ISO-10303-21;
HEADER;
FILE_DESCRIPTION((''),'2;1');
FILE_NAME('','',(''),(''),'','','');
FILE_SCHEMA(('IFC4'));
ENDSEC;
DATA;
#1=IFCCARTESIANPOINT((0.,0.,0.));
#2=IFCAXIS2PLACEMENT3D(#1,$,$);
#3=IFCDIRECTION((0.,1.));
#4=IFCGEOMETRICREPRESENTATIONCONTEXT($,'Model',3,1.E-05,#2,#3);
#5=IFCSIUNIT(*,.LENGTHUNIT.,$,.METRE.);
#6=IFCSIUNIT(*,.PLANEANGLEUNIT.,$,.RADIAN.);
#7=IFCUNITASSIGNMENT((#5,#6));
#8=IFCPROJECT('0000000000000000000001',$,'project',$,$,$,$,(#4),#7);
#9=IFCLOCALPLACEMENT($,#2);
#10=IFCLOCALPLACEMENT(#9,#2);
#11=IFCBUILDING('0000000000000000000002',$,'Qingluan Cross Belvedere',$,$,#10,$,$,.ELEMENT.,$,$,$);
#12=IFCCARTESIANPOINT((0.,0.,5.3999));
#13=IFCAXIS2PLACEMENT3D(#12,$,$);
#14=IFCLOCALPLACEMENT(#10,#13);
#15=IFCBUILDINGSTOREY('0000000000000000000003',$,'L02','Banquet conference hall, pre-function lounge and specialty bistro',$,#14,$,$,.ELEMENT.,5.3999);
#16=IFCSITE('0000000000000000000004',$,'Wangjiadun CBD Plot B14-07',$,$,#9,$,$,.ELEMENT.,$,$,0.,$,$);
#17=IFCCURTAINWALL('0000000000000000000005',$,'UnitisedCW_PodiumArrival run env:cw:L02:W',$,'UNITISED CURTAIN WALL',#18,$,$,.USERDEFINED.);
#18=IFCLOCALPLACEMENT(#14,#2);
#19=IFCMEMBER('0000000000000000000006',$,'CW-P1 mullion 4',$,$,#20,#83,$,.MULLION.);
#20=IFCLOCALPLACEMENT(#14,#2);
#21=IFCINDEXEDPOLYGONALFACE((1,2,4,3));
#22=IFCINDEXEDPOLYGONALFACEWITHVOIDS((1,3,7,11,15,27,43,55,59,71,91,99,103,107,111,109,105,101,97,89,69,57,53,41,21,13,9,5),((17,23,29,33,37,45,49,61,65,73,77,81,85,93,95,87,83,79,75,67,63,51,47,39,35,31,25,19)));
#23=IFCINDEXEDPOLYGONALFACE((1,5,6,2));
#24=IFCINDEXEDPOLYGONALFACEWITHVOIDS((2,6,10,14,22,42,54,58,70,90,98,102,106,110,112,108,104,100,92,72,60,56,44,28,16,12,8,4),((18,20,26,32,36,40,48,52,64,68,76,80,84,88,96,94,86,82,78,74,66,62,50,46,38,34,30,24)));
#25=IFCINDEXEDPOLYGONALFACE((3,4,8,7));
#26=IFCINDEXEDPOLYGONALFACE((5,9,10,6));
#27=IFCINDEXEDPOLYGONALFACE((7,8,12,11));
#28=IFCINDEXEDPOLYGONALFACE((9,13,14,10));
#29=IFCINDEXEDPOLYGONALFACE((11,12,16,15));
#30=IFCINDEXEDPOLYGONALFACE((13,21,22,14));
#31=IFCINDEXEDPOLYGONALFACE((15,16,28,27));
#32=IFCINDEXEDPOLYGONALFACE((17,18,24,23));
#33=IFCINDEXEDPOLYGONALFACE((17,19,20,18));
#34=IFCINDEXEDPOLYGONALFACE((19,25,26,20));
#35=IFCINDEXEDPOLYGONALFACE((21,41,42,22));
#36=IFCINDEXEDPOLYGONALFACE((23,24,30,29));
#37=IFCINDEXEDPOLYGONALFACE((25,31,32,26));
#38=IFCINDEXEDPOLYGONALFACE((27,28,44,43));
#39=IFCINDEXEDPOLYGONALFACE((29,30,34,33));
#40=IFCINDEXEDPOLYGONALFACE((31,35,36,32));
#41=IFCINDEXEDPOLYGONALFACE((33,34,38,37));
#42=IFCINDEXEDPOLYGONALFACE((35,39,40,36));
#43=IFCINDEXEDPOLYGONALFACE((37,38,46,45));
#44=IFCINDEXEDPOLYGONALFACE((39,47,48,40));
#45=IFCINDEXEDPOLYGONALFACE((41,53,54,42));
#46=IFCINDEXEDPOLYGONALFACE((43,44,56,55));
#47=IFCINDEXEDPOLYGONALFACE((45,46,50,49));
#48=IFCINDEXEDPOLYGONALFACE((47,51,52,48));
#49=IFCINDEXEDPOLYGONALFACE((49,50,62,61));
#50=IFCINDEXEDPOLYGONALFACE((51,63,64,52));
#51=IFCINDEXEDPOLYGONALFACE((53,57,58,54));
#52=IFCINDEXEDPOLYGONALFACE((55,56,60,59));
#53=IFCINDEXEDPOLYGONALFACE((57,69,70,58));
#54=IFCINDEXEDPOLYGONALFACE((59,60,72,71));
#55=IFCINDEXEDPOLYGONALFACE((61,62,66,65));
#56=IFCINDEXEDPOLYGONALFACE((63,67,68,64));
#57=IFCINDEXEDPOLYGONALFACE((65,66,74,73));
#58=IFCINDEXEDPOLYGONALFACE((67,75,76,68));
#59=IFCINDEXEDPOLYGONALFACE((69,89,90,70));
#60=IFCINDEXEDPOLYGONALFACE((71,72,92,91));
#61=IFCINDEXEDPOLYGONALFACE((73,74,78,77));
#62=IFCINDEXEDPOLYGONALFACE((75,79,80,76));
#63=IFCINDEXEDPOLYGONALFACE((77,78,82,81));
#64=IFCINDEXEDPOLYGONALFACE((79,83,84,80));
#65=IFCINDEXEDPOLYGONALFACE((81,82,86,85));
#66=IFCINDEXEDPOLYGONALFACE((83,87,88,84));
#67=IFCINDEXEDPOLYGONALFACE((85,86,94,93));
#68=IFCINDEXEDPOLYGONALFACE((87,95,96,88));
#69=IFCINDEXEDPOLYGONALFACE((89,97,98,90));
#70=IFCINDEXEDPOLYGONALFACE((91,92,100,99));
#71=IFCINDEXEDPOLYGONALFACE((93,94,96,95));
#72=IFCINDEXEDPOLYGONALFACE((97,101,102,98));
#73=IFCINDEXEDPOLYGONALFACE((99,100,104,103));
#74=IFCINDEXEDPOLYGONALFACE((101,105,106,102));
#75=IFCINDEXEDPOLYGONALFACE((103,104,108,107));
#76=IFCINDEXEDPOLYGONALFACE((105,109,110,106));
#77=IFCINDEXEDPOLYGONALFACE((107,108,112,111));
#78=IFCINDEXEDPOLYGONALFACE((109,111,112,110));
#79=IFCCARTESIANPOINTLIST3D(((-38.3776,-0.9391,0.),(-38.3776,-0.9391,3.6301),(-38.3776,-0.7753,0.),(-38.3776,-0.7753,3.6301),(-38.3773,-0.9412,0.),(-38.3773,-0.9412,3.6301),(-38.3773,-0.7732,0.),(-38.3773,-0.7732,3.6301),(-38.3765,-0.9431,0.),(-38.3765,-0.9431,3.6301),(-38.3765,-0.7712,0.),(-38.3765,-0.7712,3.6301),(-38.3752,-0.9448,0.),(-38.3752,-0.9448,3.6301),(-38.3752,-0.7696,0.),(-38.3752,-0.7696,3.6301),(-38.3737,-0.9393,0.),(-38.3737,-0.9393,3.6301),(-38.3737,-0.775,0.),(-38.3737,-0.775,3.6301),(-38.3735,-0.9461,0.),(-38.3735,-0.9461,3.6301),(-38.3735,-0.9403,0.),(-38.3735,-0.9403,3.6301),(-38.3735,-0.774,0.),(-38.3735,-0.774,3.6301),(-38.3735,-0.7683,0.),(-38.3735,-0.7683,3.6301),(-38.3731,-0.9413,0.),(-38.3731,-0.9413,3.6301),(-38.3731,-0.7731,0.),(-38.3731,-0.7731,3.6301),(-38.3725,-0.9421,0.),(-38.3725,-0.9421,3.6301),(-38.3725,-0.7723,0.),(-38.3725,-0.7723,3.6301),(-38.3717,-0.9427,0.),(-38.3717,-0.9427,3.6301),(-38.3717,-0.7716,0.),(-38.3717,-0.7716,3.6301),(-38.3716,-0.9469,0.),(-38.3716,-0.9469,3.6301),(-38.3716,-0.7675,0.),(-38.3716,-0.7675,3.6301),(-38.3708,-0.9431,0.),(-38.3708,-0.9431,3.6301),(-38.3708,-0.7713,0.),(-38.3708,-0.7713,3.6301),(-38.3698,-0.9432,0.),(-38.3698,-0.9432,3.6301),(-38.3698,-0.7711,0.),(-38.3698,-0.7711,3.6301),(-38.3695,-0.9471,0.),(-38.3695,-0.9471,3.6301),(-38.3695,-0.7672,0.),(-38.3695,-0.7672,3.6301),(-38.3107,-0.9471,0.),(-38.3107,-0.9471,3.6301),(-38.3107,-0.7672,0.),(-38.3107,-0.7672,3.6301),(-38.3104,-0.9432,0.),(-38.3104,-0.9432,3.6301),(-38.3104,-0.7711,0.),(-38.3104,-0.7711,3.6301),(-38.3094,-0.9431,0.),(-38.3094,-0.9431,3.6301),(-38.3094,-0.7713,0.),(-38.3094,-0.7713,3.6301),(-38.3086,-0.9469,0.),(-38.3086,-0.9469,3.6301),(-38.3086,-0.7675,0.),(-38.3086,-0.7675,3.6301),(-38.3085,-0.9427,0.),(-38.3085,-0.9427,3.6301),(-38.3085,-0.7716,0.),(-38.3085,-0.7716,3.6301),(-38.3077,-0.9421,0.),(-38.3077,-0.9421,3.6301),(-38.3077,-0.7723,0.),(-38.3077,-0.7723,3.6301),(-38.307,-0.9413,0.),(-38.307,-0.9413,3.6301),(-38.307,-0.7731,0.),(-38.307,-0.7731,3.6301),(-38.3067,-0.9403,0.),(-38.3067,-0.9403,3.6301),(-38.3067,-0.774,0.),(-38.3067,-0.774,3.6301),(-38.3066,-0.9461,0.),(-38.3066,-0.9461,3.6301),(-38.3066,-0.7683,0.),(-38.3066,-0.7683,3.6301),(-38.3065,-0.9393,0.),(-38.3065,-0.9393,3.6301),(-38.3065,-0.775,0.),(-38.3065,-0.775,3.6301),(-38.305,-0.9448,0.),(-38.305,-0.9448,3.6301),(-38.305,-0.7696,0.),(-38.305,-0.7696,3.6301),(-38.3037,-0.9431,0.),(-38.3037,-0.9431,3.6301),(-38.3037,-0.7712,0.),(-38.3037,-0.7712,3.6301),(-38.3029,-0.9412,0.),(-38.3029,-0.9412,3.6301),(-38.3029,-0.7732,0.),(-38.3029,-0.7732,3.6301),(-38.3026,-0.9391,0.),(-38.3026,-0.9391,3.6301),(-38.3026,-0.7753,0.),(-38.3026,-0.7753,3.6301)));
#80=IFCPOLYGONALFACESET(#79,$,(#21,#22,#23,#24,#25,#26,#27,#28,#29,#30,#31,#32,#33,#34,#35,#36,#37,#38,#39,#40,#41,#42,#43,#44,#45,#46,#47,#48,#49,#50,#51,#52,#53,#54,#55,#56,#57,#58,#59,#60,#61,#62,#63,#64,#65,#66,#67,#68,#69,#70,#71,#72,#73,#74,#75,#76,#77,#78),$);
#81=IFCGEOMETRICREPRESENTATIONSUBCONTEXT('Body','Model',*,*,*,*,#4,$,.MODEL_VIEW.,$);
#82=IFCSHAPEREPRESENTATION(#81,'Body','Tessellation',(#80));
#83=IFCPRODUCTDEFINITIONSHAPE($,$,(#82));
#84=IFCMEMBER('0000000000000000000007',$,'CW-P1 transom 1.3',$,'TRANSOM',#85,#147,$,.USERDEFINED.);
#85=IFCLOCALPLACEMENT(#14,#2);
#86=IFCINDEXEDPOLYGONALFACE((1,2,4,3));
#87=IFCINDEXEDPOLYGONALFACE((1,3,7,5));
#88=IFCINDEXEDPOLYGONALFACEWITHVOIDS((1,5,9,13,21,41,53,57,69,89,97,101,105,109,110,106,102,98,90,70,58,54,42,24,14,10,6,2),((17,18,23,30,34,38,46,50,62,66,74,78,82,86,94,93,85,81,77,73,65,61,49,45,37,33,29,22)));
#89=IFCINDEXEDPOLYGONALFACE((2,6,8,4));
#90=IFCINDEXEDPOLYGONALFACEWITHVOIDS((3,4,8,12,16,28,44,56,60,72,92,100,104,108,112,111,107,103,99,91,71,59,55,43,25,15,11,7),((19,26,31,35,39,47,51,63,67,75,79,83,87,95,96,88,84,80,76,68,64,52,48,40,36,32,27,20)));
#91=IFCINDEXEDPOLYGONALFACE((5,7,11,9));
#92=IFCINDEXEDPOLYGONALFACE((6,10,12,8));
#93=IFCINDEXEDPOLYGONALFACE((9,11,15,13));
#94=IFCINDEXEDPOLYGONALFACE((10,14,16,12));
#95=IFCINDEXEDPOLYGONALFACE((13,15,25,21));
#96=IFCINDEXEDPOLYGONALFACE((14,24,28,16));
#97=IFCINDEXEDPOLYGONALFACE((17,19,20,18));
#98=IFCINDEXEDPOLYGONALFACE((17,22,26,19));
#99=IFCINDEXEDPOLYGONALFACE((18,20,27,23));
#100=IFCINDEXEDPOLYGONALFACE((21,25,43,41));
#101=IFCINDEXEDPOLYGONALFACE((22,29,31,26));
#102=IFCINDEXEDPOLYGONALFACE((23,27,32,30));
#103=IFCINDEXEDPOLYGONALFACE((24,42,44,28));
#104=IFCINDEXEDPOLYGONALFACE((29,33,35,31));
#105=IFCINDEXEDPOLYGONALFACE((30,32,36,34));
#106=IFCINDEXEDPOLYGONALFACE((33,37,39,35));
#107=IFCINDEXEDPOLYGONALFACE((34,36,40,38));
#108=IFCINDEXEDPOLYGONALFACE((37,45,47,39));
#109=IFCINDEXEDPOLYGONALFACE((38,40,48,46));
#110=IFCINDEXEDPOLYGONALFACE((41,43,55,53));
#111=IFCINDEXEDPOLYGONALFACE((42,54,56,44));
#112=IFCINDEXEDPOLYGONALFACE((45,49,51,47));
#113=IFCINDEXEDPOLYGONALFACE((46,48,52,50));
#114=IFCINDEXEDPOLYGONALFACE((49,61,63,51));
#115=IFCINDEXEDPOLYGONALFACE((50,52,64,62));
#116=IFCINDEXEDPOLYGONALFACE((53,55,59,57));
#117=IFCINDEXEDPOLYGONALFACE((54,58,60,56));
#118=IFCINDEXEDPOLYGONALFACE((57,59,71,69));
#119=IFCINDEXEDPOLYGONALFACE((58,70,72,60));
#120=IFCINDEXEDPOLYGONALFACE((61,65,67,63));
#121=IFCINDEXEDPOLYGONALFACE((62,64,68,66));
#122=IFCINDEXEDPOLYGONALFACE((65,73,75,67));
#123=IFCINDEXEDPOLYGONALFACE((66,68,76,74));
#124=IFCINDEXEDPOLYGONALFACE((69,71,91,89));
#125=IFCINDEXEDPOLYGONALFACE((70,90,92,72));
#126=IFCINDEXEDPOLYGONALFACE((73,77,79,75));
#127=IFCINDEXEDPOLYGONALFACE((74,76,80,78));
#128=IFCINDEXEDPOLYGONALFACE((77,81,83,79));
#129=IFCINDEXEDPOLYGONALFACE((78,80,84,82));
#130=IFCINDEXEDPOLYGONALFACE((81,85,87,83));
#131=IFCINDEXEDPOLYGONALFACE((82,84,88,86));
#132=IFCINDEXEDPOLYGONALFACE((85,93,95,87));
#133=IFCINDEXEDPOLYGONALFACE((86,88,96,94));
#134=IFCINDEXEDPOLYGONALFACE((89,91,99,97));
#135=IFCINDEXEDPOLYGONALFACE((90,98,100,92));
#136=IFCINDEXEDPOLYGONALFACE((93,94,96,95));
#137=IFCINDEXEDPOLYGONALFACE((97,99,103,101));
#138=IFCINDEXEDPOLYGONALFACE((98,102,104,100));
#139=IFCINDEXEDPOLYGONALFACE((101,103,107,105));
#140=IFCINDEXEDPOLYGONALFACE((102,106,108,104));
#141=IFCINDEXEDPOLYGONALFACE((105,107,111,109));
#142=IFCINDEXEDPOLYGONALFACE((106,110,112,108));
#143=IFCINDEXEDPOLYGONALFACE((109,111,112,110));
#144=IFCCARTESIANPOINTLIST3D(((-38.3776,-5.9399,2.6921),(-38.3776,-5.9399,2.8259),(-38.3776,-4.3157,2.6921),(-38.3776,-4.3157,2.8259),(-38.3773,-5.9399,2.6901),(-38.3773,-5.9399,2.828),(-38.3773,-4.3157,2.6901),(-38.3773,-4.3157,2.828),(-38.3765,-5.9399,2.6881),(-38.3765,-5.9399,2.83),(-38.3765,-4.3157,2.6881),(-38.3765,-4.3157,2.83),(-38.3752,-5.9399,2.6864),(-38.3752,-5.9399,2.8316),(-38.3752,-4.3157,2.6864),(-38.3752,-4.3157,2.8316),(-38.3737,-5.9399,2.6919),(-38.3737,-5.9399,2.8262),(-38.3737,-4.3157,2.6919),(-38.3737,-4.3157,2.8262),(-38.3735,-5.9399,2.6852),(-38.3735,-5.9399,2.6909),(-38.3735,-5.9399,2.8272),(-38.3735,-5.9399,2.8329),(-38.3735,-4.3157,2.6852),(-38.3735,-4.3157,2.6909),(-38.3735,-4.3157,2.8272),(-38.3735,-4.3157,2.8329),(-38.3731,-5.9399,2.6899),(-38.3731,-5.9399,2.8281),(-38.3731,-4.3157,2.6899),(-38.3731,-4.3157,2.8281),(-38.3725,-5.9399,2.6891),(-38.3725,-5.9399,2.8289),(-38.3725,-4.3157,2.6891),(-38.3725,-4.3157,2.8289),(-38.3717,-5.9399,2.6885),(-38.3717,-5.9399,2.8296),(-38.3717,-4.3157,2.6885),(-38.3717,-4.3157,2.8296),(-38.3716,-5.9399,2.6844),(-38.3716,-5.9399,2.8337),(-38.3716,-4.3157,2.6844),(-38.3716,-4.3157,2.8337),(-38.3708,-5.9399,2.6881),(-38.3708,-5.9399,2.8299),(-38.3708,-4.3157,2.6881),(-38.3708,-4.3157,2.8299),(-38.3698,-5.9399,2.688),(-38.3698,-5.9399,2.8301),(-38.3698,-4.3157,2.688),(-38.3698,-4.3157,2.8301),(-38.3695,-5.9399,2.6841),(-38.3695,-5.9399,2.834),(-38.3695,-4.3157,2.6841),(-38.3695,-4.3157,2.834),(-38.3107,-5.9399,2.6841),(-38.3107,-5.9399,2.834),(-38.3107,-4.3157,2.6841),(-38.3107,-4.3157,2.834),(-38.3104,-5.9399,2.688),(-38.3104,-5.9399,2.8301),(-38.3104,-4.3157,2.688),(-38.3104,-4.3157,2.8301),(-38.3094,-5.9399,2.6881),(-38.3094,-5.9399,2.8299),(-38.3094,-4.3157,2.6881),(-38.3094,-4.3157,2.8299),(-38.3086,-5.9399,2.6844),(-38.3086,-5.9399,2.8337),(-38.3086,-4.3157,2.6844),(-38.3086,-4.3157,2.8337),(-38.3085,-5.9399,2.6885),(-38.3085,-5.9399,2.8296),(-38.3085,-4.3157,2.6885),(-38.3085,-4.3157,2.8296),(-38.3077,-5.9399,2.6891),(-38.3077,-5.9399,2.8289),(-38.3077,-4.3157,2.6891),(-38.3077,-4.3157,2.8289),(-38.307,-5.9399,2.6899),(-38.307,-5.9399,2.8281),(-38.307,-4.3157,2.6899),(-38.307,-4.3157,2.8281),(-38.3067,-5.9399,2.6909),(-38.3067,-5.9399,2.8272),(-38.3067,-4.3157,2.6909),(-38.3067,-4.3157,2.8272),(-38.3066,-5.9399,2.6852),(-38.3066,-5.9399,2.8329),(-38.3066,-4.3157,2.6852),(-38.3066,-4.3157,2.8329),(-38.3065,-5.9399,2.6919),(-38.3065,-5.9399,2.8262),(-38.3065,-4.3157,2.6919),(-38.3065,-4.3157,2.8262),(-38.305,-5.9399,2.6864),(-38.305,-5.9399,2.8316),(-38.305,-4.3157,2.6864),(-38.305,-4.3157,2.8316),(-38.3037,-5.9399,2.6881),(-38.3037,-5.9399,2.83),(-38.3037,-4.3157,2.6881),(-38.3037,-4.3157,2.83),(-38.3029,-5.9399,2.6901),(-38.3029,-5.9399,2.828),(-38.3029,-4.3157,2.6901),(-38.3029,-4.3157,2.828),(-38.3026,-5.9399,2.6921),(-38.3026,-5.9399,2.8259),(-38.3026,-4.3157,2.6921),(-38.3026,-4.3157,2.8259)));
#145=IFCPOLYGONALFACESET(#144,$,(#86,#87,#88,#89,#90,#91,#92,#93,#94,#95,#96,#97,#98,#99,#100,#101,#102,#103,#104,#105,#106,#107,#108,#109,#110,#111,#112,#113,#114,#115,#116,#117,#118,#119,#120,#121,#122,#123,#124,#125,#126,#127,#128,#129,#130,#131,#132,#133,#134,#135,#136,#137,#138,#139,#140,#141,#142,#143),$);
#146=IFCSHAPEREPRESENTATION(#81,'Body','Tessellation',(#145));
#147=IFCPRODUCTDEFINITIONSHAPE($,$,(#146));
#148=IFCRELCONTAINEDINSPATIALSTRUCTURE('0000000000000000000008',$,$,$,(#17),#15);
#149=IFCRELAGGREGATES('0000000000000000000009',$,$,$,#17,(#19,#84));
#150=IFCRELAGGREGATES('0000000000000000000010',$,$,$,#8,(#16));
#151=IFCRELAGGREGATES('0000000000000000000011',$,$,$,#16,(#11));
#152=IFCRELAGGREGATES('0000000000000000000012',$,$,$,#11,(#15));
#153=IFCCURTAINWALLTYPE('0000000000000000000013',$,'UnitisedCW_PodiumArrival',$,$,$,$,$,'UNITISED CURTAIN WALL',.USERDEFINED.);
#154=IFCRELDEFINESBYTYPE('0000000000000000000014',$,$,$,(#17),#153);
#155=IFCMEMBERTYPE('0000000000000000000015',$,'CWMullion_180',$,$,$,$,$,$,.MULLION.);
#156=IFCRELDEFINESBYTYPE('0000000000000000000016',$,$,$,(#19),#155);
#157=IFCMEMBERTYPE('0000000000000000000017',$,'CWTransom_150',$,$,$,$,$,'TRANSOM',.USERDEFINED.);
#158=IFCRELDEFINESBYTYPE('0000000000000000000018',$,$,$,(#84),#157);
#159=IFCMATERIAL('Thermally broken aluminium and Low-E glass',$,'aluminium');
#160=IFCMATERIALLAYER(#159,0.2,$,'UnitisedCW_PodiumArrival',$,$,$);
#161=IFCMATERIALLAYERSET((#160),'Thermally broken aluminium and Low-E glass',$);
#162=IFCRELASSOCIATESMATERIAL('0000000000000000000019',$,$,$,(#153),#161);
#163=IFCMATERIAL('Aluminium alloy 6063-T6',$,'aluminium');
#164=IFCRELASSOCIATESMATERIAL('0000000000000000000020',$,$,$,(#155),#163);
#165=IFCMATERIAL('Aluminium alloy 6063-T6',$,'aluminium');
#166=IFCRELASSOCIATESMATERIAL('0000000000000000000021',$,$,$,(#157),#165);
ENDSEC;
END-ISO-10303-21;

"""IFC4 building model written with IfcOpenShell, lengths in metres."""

from ifc_helpers import new_model, si_unit, direction, frame, origin, origin_2d, place, context, subcontext, project, spatial, hollow_rectangle, extrude, material, layer, layer_set, material_profile, profile_set, type_object, element, aggregate, save


model = new_model("IFC4")

# Units and contexts
model_context = context("Model", 3, precision=1e-05, world=origin(), true_north=direction((0.0, 1.0)))
body_context = subcontext(model_context, "Body", "Model", "MODEL_VIEW")
ifc_project = project(units=[si_unit("LENGTHUNIT", "METRE"), si_unit("PLANEANGLEUNIT", "RADIAN")], contexts=[model_context])

# Site, building, storey
site_placement = place(None, origin())
site = spatial("IfcSite", under=ifc_project, at=site_placement, Name="Wangjiadun CBD Plot B14-07", CompositionType="ELEMENT", RefElevation=0.0)
building_placement = place(site_placement, origin())
building = spatial("IfcBuilding", under=site, at=building_placement, Name="Qingluan Cross Belvedere", CompositionType="ELEMENT")
storey_placement = place(building_placement, frame((0.0, 0.0, 5.3999)))
storey = spatial("IfcBuildingStorey", under=building, at=storey_placement, Name="L02", Description="Banquet conference hall, pre-function lounge and specialty bistro", CompositionType="ELEMENT", Elevation=5.3999)

# Curtain wall, members
ifc_material_1 = material(Name="Thermally broken aluminium and Low-E glass", Category="aluminium")
ifc_layer_1 = layer(ifc_material_1, 0.2, Name="UnitisedCW_PodiumArrival")
ifc_layer_set_1 = layer_set([ifc_layer_1], Name="Thermally broken aluminium and Low-E glass")
curtain_wall_type = type_object("IfcCurtainWallType", Name="UnitisedCW_PodiumArrival", ElementType="UNITISED CURTAIN WALL", PredefinedType="USERDEFINED", material=ifc_layer_set_1)
curtain_wall_placement = place(storey_placement, origin())
curtain_wall = element("IfcCurtainWall", 1, at=curtain_wall_placement, inside=storey, type_object=curtain_wall_type, Name="UnitisedCW_PodiumArrival run env:cw:L02:W", ObjectType="UNITISED CURTAIN WALL", PredefinedType="USERDEFINED")
ifc_material_2 = material(Name="Aluminium alloy 6063-T6", Category="aluminium")
ifc_material_profile_1 = material_profile(ifc_material_2, hollow_rectangle(XDim=0.075, YDim=0.1799, WallThickness=0.0039, InnerFilletRadius=0.0039, OuterFilletRadius=0.0081, at=origin_2d()), Name="CWM180x75x4")
ifc_profile_set_1 = profile_set([ifc_material_profile_1], Name="Aluminium alloy 6063-T6")
member_type_1 = type_object("IfcMemberType", Name="CWMullion_180", PredefinedType="MULLION", material=ifc_profile_set_1)
member_1_placement = place(storey_placement, frame((-38.3401, -0.8572, 0.0), z_axis=(0.0, 0.0, 1.0), x_axis=(-1.0, 0.0, 0.0)))
member_1 = element("IfcMember", 2, at=member_1_placement, type_object=member_type_1, Name="CW-P1 mullion 4", PredefinedType="MULLION", context=body_context, shape_type="SweptSolid", body=[
    extrude(hollow_rectangle(XDim=0.075, YDim=0.1799, WallThickness=0.0039, InnerFilletRadius=0.0039, OuterFilletRadius=0.0081, at=origin_2d()), origin(), (0.0, 0.0, 1.0), 3.6301),
])
ifc_material_3 = material(Name="Aluminium alloy 6063-T6", Category="aluminium")
ifc_material_profile_2 = material_profile(ifc_material_3, hollow_rectangle(XDim=0.075, YDim=0.1499, WallThickness=0.0039, InnerFilletRadius=0.0039, OuterFilletRadius=0.0081, at=origin_2d()), Name="CWT150x75x4")
ifc_profile_set_2 = profile_set([ifc_material_profile_2], Name="Aluminium alloy 6063-T6")
member_type_2 = type_object("IfcMemberType", Name="CWTransom_150", ElementType="TRANSOM", PredefinedType="USERDEFINED", material=ifc_profile_set_2)
member_2_placement = place(storey_placement, frame((-38.3401, -5.9399, 2.759), z_axis=(0.0, 1.0, 0.0), x_axis=(-1.0, 0.0, 0.0)))
member_2 = element("IfcMember", 3, at=member_2_placement, type_object=member_type_2, Name="CW-P1 transom 1.3", ObjectType="TRANSOM", PredefinedType="USERDEFINED", context=body_context, shape_type="SweptSolid", body=[
    extrude(hollow_rectangle(XDim=0.075, YDim=0.1499, WallThickness=0.0039, InnerFilletRadius=0.0039, OuterFilletRadius=0.0081, at=origin_2d()), origin(), (0.0, 0.0, 1.0), 1.6243),
])

aggregate(curtain_wall, [member_1, member_2])

save(model, "model.ifc")
